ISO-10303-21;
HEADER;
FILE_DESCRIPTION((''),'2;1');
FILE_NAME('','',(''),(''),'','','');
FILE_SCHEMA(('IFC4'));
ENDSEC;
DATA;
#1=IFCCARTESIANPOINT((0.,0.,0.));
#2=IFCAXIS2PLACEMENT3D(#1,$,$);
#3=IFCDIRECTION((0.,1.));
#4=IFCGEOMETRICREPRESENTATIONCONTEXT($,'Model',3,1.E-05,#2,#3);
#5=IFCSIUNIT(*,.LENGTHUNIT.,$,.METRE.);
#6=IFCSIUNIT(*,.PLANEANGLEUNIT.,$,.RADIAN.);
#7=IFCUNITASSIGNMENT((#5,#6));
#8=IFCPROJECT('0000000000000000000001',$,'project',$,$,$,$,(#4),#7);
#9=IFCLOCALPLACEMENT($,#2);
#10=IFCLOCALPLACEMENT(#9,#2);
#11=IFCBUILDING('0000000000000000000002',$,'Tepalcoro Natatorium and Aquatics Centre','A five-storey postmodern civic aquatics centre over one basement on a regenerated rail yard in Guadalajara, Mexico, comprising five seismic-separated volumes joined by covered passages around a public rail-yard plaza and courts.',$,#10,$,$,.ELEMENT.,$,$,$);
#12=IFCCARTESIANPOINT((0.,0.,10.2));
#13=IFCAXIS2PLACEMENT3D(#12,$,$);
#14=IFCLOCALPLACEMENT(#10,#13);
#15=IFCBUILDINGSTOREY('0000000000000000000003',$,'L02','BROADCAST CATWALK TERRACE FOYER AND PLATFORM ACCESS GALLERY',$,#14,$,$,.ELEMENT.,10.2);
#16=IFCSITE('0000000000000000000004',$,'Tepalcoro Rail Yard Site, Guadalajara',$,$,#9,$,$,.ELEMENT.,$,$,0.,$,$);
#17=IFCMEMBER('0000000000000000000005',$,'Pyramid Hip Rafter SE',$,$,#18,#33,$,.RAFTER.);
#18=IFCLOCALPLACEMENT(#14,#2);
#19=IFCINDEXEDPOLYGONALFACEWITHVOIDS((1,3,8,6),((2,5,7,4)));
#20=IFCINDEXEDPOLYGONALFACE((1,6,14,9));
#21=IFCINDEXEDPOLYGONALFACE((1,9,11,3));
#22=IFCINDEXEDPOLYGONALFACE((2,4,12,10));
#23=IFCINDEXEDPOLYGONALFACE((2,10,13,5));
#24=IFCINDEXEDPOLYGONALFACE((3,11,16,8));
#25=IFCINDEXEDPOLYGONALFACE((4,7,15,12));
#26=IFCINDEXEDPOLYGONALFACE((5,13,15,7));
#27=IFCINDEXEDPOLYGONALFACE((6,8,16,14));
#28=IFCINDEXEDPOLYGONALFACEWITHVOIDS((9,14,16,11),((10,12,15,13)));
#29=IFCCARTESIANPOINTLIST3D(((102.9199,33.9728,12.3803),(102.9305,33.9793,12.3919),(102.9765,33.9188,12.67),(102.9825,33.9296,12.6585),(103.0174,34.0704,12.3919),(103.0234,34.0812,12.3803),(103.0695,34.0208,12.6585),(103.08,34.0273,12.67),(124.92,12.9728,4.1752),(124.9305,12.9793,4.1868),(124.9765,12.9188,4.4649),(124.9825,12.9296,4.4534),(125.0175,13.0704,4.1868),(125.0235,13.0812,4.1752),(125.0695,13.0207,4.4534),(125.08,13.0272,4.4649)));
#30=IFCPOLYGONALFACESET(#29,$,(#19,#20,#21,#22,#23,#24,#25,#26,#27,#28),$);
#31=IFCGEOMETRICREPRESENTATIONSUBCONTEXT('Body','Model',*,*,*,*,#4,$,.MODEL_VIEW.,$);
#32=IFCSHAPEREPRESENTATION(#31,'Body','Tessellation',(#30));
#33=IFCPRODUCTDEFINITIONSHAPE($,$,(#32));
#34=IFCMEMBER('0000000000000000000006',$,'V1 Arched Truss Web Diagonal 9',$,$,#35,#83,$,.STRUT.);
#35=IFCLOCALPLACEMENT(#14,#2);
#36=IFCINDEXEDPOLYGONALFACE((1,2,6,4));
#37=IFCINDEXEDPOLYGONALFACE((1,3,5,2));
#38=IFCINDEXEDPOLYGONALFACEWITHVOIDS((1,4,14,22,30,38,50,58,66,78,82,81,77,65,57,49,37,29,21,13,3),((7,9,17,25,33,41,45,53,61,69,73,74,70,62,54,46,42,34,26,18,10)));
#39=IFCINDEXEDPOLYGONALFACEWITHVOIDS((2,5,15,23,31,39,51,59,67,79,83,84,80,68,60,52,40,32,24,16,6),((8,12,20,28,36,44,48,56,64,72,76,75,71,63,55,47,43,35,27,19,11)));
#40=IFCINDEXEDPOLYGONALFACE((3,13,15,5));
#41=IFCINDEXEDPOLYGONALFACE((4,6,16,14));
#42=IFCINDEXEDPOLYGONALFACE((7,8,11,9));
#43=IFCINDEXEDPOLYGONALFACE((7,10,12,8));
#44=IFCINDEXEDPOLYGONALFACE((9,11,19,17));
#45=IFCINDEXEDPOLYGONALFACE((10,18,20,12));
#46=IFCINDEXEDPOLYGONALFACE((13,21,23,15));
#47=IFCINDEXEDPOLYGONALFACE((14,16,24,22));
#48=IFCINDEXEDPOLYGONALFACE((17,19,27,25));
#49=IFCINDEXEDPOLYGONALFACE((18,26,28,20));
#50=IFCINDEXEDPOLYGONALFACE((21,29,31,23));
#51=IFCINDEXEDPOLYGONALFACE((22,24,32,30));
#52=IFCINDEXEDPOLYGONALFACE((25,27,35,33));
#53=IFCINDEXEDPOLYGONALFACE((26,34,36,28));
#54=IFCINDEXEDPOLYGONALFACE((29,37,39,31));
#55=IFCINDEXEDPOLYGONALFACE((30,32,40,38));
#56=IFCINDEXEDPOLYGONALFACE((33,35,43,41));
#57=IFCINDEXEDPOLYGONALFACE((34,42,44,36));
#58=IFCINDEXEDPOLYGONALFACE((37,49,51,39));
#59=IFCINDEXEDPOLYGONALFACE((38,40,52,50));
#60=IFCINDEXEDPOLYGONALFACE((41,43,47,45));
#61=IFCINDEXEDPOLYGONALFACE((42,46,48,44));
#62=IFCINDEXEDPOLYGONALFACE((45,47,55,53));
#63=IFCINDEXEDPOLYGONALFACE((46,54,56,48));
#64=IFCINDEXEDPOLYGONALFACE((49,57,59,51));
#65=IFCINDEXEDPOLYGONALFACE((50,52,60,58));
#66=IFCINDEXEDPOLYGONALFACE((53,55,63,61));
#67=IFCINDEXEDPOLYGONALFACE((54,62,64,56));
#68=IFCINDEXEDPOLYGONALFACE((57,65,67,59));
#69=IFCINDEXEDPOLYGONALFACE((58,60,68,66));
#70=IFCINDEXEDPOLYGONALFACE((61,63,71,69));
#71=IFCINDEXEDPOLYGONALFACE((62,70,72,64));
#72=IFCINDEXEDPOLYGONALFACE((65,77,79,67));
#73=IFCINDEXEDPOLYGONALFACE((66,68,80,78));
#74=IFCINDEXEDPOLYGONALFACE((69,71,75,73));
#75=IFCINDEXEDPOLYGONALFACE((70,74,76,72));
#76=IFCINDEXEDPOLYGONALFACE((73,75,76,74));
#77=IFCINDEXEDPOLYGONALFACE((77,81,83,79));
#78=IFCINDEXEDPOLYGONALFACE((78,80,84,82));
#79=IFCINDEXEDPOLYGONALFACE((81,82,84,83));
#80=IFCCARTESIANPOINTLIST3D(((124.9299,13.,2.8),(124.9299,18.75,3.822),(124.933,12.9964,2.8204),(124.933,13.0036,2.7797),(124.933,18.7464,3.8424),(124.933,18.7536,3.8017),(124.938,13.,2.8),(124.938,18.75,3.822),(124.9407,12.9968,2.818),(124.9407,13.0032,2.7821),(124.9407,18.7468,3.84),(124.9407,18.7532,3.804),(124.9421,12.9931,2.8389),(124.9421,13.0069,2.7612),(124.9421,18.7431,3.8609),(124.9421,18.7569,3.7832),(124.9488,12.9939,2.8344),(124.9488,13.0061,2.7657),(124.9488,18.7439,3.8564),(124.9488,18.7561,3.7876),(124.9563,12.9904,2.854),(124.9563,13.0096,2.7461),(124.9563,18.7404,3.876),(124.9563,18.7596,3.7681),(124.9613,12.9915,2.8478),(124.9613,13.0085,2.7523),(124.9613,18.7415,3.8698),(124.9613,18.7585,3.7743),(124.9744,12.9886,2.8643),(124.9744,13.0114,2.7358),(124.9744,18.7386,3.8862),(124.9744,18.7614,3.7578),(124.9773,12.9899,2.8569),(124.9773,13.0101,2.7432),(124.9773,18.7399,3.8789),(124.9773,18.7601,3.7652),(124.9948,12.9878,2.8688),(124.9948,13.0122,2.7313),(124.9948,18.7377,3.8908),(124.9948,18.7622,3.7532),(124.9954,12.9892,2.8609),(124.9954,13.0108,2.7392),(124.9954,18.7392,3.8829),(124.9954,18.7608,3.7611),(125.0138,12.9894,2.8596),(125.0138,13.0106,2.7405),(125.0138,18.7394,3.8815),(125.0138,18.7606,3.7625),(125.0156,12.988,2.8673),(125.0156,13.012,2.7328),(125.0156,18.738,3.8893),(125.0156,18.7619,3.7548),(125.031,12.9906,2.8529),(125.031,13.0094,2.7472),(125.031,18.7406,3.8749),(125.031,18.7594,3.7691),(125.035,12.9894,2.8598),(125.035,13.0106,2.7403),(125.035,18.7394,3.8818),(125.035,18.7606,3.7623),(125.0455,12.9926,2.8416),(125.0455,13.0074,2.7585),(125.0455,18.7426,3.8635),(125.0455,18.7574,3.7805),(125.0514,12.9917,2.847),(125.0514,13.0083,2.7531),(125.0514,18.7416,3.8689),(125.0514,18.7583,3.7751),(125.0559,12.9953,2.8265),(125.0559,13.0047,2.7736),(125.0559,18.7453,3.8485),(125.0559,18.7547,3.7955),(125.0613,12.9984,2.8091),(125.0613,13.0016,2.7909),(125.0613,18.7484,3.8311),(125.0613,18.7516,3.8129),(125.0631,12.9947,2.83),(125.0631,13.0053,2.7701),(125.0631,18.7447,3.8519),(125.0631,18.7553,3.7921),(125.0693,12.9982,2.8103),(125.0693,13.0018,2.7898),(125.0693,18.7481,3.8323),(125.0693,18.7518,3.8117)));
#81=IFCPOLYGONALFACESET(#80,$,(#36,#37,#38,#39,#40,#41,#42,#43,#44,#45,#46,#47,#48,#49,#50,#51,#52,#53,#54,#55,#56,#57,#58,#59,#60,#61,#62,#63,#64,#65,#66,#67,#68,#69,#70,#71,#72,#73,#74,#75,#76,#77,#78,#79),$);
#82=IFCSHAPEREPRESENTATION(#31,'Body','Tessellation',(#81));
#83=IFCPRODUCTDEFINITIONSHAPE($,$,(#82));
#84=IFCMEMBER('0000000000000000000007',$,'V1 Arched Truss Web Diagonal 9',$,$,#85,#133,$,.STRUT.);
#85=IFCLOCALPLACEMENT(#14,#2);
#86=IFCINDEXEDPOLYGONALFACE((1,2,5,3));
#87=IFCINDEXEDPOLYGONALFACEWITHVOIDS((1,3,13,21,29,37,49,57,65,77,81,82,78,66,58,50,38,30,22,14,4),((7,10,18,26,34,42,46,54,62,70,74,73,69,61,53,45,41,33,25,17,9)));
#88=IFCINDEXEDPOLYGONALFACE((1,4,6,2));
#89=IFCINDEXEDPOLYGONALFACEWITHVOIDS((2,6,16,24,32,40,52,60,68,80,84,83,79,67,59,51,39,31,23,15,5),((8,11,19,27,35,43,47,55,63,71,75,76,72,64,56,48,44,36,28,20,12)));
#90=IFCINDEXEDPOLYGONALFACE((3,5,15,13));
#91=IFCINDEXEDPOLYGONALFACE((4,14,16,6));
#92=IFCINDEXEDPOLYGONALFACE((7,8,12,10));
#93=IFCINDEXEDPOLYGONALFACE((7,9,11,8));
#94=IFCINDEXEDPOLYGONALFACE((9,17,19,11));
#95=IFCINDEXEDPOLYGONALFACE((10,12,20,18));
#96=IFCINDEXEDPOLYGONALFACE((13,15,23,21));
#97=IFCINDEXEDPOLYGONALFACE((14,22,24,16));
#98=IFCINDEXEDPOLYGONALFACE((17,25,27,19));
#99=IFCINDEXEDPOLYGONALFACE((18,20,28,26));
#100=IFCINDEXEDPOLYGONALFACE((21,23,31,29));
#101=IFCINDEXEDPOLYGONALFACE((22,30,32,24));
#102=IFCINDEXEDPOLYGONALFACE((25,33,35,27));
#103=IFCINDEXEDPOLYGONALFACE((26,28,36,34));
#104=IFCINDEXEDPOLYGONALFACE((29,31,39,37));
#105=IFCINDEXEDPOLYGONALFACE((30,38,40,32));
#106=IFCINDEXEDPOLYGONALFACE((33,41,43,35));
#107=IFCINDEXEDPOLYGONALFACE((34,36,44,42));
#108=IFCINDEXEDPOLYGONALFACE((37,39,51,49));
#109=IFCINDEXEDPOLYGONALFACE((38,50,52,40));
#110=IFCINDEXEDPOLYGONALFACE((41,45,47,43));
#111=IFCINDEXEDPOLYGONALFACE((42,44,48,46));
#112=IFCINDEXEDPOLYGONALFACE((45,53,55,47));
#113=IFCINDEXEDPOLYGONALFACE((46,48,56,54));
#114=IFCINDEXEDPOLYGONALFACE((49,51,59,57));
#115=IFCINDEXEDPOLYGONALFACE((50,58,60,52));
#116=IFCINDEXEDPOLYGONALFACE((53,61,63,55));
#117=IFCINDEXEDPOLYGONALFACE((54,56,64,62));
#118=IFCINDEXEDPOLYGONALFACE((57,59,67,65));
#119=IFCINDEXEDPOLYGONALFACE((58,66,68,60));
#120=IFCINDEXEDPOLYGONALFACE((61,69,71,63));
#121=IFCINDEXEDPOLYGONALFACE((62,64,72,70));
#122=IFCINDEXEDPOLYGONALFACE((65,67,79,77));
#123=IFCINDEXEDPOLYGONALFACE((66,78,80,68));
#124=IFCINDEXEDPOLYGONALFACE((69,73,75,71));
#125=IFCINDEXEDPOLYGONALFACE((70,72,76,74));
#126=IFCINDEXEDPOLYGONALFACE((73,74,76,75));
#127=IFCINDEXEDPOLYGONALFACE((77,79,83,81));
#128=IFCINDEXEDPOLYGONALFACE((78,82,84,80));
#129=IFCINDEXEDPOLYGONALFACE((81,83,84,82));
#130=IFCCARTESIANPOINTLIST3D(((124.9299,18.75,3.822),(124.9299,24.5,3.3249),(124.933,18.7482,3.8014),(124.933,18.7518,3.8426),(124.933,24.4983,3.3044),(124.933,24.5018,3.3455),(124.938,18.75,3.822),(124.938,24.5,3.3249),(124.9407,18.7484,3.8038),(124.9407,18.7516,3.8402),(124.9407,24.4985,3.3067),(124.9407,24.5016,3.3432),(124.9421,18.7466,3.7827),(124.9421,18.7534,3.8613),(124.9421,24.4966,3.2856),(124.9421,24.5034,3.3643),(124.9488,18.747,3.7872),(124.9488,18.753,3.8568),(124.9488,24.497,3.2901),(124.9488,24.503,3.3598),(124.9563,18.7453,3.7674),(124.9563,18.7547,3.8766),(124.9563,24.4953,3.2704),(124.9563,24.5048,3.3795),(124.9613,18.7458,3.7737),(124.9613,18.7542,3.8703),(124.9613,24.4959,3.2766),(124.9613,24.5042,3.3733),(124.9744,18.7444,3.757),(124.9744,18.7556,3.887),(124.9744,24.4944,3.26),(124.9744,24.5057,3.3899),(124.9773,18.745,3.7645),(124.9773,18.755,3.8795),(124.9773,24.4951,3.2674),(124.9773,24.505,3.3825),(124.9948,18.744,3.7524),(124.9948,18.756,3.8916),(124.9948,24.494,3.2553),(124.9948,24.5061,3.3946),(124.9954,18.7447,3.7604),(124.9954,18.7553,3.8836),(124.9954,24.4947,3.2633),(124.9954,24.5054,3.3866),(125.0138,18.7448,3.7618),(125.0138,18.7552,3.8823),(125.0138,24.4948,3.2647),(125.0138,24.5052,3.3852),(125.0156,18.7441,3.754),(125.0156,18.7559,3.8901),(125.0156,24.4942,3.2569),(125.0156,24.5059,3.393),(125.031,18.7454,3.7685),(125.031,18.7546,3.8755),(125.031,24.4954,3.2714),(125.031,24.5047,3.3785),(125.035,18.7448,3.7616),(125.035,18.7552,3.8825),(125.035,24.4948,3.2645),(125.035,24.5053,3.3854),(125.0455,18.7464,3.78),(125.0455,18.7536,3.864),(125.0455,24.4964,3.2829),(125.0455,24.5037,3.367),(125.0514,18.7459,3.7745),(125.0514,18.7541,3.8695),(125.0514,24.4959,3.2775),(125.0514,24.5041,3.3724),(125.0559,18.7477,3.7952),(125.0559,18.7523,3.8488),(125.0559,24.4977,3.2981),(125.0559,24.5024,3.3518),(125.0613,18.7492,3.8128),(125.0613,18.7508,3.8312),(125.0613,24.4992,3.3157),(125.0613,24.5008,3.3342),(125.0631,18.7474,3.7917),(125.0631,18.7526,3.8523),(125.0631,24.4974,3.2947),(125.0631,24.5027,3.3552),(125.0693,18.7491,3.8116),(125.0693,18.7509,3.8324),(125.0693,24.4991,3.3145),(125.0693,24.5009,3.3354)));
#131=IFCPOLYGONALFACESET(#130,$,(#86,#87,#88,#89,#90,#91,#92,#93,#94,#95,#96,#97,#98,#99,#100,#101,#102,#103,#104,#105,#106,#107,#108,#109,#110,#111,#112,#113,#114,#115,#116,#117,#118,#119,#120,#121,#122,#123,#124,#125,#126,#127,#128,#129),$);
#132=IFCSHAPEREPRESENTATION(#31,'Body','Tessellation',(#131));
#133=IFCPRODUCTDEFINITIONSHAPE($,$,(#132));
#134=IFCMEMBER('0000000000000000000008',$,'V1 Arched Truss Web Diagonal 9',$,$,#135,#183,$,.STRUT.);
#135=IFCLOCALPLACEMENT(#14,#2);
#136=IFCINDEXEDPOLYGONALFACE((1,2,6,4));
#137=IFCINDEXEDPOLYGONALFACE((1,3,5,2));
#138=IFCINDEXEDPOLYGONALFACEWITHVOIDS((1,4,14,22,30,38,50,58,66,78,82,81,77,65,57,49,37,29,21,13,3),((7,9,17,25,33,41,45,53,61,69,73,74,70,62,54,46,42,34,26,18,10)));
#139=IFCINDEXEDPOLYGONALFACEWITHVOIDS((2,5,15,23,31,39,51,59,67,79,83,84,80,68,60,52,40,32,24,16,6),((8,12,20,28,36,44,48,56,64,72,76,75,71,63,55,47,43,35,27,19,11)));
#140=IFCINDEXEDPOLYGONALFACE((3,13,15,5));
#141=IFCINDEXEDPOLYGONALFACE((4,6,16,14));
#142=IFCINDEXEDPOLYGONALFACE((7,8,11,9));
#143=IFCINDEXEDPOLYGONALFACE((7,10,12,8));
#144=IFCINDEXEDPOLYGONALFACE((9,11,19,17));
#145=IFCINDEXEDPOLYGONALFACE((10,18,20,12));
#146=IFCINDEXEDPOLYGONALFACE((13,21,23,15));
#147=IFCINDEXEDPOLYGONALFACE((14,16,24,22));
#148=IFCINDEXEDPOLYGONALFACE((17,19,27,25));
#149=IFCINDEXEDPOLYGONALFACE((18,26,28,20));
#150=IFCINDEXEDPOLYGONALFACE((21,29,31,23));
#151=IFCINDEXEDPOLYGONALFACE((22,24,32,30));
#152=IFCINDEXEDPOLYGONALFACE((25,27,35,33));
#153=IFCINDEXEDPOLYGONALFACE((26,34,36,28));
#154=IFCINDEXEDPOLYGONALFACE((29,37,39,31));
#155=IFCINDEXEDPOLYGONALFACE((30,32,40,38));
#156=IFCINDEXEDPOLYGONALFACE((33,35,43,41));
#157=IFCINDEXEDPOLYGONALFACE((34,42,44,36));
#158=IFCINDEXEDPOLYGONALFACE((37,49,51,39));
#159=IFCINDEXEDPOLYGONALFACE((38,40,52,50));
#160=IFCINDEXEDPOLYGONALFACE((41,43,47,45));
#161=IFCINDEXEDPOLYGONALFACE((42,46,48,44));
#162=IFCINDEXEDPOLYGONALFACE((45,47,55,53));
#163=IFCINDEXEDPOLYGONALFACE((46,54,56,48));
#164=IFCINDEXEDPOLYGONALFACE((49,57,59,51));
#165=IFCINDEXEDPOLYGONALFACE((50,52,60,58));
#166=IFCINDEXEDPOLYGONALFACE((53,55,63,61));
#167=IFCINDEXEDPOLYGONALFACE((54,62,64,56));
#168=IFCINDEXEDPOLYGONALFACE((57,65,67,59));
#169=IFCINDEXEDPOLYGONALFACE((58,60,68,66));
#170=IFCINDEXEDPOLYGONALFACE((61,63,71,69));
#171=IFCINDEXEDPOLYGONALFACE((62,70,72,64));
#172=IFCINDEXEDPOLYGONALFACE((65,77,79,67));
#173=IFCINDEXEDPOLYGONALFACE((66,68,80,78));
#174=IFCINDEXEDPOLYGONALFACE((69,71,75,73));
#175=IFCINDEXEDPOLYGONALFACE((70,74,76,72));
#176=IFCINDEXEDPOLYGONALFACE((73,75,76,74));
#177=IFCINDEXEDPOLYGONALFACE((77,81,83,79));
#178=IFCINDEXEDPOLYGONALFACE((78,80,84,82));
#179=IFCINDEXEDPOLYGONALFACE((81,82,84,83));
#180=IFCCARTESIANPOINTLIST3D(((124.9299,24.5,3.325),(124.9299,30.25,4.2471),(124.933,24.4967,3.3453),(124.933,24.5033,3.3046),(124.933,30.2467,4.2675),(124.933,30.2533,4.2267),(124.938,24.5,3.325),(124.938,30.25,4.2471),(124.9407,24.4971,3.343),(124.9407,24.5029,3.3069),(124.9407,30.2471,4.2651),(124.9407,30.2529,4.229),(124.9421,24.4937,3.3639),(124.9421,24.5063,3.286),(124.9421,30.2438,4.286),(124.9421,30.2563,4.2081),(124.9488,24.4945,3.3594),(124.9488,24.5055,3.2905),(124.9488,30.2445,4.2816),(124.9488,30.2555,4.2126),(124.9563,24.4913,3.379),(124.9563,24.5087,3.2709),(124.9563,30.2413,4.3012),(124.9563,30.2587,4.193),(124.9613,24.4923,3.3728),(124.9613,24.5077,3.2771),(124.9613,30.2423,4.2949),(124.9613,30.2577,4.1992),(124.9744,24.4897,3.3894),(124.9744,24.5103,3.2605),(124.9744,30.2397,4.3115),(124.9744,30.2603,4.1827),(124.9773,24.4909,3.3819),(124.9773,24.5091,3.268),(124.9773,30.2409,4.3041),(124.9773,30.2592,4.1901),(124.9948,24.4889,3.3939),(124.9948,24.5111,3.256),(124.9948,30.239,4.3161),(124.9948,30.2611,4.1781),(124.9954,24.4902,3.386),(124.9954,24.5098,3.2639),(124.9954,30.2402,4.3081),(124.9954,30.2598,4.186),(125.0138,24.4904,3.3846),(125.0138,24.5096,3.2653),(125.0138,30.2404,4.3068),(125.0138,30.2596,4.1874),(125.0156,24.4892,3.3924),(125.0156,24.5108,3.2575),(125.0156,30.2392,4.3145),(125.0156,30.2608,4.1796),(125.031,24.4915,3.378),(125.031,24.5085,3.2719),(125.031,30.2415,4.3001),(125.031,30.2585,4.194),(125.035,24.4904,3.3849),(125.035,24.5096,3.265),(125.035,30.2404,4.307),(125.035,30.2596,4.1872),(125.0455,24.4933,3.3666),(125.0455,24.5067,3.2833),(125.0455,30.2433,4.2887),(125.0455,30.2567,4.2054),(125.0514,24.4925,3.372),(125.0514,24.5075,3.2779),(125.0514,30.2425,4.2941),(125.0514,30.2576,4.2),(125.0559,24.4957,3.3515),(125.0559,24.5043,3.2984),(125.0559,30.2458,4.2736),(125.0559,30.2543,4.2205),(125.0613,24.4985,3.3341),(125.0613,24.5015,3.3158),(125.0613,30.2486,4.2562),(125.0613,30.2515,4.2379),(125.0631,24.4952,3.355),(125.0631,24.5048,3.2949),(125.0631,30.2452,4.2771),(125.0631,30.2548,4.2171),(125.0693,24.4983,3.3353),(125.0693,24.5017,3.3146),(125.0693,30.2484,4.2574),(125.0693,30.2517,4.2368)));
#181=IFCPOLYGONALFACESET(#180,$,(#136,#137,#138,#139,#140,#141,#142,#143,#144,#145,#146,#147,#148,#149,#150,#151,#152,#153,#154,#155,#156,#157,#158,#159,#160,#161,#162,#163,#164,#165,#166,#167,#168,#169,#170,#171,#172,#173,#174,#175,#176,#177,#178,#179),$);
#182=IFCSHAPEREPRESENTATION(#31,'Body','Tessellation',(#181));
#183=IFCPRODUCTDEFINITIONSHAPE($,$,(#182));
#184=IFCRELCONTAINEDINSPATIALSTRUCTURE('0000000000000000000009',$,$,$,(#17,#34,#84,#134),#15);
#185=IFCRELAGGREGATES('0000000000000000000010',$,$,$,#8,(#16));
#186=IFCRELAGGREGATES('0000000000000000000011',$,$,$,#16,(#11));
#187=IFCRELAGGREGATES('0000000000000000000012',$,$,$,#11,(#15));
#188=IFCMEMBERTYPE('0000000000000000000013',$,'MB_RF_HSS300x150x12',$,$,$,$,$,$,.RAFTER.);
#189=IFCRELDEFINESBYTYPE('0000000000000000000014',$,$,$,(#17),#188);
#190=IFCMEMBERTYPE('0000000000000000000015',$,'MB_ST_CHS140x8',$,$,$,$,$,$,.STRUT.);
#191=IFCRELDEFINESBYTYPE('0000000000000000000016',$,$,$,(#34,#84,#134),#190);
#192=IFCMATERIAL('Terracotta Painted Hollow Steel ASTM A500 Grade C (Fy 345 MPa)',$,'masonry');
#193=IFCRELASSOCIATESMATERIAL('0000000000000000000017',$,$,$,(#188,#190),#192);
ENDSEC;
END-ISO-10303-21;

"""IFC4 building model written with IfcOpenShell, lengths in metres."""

from ifc_helpers import new_model, si_unit, direction, frame, origin, origin_2d, place, context, subcontext, project, spatial, hollow_rectangle, hollow_circle, extrude, material, material_profile, profile_set, type_object, element, save


model = new_model("IFC4")

# Units and contexts
model_context = context("Model", 3, precision=1e-05, world=origin(), true_north=direction((0.0, 1.0)))
body_context = subcontext(model_context, "Body", "Model", "MODEL_VIEW")
ifc_project = project(units=[si_unit("LENGTHUNIT", "METRE"), si_unit("PLANEANGLEUNIT", "RADIAN")], contexts=[model_context])

# Site, building, storey
site_placement = place(None, origin())
site = spatial("IfcSite", under=ifc_project, at=site_placement, Name="Tepalcoro Rail Yard Site, Guadalajara", CompositionType="ELEMENT", RefElevation=0.0)
building_placement = place(site_placement, origin())
building = spatial("IfcBuilding", under=site, at=building_placement, Name="Tepalcoro Natatorium and Aquatics Centre", Description="A five-storey postmodern civic aquatics centre over one basement on a regenerated rail yard in Guadalajara, Mexico, comprising five seismic-separated volumes joined by covered passages around a public rail-yard plaza and courts.", CompositionType="ELEMENT")
storey_placement = place(building_placement, frame((0.0, 0.0, 10.2)))
storey = spatial("IfcBuildingStorey", under=building, at=storey_placement, Name="L02", Description="BROADCAST CATWALK TERRACE FOYER AND PLATFORM ACCESS GALLERY", CompositionType="ELEMENT", Elevation=10.2)

# Shared definitions
ifc_material_1 = material(Name="Terracotta Painted Hollow Steel ASTM A500 Grade C (Fy 345 MPa)", Category="masonry")

# Members
ifc_material_profile_1 = material_profile(ifc_material_1, hollow_rectangle(XDim=0.1499, YDim=0.3, WallThickness=0.012, at=origin_2d()), Name="HSS300X150X12")
ifc_profile_set_1 = profile_set([ifc_material_profile_1], Name="Terracotta Painted Hollow Steel ASTM A500 Grade C (Fy 345 MPa)")
member_type_1 = type_object("IfcMemberType", Name="MB_RF_HSS300x150x12", PredefinedType="RAFTER", material=ifc_profile_set_1)
member_1_placement = place(storey_placement, frame((125.0, 13.0, 4.3201), z_axis=(-0.698387, 0.666642, 0.260469), x_axis=(-0.690476, -0.723356, 0.0)))
element("IfcMember", 1, at=member_1_placement, inside=storey, type_object=member_type_1, Name="Pyramid Hip Rafter SE", PredefinedType="RAFTER", context=body_context, shape_type="SweptSolid", body=[
    extrude(hollow_rectangle(XDim=0.1499, YDim=0.3, WallThickness=0.012, at=origin_2d()), origin(), (0.0, 0.0, 1.0), 31.5012),
])
ifc_material_profile_2 = material_profile(ifc_material_1, hollow_circle(Radius=0.0701, WallThickness=0.0081, at=origin_2d()), Name="CHS140X8")
ifc_profile_set_2 = profile_set([ifc_material_profile_2], Name="Terracotta Painted Hollow Steel ASTM A500 Grade C (Fy 345 MPa)")
member_type_2 = type_object("IfcMemberType", Name="MB_ST_CHS140x8", PredefinedType="STRUT", material=ifc_profile_set_2)
member_2_placement = place(storey_placement, frame((125.0, 13.0, 2.8), z_axis=(0.0, 0.98457, 0.174992), x_axis=(-1.0, 0.0, 0.0)))
element("IfcMember", 2, at=member_2_placement, inside=storey, type_object=member_type_2, Name="V1 Arched Truss Web Diagonal 9", PredefinedType="STRUT", context=body_context, shape_type="SweptSolid", body=[
    extrude(hollow_circle(Radius=0.0701, WallThickness=0.0081, at=origin_2d()), origin(), (0.0, 0.0, 1.0), 5.8401),
])
member_3_placement = place(storey_placement, frame((125.0, 18.75, 3.822), z_axis=(0.0, 0.996284, -0.086126), x_axis=(-1.0, 0.0, 0.0)))
element("IfcMember", 3, at=member_3_placement, inside=storey, type_object=member_type_2, Name="V1 Arched Truss Web Diagonal 9", PredefinedType="STRUT", context=body_context, shape_type="SweptSolid", body=[
    extrude(hollow_circle(Radius=0.0701, WallThickness=0.0081, at=origin_2d()), origin(), (0.0, 0.0, 1.0), 5.7715),
])
member_4_placement = place(storey_placement, frame((125.0, 24.5, 3.325), z_axis=(0.0, 0.987384, 0.158345), x_axis=(-1.0, 0.0, 0.0)))
element("IfcMember", 4, at=member_4_placement, inside=storey, type_object=member_type_2, Name="V1 Arched Truss Web Diagonal 9", PredefinedType="STRUT", context=body_context, shape_type="SweptSolid", body=[
    extrude(hollow_circle(Radius=0.0701, WallThickness=0.0081, at=origin_2d()), origin(), (0.0, 0.0, 1.0), 5.8235),
])

save(model, "model.ifc")
